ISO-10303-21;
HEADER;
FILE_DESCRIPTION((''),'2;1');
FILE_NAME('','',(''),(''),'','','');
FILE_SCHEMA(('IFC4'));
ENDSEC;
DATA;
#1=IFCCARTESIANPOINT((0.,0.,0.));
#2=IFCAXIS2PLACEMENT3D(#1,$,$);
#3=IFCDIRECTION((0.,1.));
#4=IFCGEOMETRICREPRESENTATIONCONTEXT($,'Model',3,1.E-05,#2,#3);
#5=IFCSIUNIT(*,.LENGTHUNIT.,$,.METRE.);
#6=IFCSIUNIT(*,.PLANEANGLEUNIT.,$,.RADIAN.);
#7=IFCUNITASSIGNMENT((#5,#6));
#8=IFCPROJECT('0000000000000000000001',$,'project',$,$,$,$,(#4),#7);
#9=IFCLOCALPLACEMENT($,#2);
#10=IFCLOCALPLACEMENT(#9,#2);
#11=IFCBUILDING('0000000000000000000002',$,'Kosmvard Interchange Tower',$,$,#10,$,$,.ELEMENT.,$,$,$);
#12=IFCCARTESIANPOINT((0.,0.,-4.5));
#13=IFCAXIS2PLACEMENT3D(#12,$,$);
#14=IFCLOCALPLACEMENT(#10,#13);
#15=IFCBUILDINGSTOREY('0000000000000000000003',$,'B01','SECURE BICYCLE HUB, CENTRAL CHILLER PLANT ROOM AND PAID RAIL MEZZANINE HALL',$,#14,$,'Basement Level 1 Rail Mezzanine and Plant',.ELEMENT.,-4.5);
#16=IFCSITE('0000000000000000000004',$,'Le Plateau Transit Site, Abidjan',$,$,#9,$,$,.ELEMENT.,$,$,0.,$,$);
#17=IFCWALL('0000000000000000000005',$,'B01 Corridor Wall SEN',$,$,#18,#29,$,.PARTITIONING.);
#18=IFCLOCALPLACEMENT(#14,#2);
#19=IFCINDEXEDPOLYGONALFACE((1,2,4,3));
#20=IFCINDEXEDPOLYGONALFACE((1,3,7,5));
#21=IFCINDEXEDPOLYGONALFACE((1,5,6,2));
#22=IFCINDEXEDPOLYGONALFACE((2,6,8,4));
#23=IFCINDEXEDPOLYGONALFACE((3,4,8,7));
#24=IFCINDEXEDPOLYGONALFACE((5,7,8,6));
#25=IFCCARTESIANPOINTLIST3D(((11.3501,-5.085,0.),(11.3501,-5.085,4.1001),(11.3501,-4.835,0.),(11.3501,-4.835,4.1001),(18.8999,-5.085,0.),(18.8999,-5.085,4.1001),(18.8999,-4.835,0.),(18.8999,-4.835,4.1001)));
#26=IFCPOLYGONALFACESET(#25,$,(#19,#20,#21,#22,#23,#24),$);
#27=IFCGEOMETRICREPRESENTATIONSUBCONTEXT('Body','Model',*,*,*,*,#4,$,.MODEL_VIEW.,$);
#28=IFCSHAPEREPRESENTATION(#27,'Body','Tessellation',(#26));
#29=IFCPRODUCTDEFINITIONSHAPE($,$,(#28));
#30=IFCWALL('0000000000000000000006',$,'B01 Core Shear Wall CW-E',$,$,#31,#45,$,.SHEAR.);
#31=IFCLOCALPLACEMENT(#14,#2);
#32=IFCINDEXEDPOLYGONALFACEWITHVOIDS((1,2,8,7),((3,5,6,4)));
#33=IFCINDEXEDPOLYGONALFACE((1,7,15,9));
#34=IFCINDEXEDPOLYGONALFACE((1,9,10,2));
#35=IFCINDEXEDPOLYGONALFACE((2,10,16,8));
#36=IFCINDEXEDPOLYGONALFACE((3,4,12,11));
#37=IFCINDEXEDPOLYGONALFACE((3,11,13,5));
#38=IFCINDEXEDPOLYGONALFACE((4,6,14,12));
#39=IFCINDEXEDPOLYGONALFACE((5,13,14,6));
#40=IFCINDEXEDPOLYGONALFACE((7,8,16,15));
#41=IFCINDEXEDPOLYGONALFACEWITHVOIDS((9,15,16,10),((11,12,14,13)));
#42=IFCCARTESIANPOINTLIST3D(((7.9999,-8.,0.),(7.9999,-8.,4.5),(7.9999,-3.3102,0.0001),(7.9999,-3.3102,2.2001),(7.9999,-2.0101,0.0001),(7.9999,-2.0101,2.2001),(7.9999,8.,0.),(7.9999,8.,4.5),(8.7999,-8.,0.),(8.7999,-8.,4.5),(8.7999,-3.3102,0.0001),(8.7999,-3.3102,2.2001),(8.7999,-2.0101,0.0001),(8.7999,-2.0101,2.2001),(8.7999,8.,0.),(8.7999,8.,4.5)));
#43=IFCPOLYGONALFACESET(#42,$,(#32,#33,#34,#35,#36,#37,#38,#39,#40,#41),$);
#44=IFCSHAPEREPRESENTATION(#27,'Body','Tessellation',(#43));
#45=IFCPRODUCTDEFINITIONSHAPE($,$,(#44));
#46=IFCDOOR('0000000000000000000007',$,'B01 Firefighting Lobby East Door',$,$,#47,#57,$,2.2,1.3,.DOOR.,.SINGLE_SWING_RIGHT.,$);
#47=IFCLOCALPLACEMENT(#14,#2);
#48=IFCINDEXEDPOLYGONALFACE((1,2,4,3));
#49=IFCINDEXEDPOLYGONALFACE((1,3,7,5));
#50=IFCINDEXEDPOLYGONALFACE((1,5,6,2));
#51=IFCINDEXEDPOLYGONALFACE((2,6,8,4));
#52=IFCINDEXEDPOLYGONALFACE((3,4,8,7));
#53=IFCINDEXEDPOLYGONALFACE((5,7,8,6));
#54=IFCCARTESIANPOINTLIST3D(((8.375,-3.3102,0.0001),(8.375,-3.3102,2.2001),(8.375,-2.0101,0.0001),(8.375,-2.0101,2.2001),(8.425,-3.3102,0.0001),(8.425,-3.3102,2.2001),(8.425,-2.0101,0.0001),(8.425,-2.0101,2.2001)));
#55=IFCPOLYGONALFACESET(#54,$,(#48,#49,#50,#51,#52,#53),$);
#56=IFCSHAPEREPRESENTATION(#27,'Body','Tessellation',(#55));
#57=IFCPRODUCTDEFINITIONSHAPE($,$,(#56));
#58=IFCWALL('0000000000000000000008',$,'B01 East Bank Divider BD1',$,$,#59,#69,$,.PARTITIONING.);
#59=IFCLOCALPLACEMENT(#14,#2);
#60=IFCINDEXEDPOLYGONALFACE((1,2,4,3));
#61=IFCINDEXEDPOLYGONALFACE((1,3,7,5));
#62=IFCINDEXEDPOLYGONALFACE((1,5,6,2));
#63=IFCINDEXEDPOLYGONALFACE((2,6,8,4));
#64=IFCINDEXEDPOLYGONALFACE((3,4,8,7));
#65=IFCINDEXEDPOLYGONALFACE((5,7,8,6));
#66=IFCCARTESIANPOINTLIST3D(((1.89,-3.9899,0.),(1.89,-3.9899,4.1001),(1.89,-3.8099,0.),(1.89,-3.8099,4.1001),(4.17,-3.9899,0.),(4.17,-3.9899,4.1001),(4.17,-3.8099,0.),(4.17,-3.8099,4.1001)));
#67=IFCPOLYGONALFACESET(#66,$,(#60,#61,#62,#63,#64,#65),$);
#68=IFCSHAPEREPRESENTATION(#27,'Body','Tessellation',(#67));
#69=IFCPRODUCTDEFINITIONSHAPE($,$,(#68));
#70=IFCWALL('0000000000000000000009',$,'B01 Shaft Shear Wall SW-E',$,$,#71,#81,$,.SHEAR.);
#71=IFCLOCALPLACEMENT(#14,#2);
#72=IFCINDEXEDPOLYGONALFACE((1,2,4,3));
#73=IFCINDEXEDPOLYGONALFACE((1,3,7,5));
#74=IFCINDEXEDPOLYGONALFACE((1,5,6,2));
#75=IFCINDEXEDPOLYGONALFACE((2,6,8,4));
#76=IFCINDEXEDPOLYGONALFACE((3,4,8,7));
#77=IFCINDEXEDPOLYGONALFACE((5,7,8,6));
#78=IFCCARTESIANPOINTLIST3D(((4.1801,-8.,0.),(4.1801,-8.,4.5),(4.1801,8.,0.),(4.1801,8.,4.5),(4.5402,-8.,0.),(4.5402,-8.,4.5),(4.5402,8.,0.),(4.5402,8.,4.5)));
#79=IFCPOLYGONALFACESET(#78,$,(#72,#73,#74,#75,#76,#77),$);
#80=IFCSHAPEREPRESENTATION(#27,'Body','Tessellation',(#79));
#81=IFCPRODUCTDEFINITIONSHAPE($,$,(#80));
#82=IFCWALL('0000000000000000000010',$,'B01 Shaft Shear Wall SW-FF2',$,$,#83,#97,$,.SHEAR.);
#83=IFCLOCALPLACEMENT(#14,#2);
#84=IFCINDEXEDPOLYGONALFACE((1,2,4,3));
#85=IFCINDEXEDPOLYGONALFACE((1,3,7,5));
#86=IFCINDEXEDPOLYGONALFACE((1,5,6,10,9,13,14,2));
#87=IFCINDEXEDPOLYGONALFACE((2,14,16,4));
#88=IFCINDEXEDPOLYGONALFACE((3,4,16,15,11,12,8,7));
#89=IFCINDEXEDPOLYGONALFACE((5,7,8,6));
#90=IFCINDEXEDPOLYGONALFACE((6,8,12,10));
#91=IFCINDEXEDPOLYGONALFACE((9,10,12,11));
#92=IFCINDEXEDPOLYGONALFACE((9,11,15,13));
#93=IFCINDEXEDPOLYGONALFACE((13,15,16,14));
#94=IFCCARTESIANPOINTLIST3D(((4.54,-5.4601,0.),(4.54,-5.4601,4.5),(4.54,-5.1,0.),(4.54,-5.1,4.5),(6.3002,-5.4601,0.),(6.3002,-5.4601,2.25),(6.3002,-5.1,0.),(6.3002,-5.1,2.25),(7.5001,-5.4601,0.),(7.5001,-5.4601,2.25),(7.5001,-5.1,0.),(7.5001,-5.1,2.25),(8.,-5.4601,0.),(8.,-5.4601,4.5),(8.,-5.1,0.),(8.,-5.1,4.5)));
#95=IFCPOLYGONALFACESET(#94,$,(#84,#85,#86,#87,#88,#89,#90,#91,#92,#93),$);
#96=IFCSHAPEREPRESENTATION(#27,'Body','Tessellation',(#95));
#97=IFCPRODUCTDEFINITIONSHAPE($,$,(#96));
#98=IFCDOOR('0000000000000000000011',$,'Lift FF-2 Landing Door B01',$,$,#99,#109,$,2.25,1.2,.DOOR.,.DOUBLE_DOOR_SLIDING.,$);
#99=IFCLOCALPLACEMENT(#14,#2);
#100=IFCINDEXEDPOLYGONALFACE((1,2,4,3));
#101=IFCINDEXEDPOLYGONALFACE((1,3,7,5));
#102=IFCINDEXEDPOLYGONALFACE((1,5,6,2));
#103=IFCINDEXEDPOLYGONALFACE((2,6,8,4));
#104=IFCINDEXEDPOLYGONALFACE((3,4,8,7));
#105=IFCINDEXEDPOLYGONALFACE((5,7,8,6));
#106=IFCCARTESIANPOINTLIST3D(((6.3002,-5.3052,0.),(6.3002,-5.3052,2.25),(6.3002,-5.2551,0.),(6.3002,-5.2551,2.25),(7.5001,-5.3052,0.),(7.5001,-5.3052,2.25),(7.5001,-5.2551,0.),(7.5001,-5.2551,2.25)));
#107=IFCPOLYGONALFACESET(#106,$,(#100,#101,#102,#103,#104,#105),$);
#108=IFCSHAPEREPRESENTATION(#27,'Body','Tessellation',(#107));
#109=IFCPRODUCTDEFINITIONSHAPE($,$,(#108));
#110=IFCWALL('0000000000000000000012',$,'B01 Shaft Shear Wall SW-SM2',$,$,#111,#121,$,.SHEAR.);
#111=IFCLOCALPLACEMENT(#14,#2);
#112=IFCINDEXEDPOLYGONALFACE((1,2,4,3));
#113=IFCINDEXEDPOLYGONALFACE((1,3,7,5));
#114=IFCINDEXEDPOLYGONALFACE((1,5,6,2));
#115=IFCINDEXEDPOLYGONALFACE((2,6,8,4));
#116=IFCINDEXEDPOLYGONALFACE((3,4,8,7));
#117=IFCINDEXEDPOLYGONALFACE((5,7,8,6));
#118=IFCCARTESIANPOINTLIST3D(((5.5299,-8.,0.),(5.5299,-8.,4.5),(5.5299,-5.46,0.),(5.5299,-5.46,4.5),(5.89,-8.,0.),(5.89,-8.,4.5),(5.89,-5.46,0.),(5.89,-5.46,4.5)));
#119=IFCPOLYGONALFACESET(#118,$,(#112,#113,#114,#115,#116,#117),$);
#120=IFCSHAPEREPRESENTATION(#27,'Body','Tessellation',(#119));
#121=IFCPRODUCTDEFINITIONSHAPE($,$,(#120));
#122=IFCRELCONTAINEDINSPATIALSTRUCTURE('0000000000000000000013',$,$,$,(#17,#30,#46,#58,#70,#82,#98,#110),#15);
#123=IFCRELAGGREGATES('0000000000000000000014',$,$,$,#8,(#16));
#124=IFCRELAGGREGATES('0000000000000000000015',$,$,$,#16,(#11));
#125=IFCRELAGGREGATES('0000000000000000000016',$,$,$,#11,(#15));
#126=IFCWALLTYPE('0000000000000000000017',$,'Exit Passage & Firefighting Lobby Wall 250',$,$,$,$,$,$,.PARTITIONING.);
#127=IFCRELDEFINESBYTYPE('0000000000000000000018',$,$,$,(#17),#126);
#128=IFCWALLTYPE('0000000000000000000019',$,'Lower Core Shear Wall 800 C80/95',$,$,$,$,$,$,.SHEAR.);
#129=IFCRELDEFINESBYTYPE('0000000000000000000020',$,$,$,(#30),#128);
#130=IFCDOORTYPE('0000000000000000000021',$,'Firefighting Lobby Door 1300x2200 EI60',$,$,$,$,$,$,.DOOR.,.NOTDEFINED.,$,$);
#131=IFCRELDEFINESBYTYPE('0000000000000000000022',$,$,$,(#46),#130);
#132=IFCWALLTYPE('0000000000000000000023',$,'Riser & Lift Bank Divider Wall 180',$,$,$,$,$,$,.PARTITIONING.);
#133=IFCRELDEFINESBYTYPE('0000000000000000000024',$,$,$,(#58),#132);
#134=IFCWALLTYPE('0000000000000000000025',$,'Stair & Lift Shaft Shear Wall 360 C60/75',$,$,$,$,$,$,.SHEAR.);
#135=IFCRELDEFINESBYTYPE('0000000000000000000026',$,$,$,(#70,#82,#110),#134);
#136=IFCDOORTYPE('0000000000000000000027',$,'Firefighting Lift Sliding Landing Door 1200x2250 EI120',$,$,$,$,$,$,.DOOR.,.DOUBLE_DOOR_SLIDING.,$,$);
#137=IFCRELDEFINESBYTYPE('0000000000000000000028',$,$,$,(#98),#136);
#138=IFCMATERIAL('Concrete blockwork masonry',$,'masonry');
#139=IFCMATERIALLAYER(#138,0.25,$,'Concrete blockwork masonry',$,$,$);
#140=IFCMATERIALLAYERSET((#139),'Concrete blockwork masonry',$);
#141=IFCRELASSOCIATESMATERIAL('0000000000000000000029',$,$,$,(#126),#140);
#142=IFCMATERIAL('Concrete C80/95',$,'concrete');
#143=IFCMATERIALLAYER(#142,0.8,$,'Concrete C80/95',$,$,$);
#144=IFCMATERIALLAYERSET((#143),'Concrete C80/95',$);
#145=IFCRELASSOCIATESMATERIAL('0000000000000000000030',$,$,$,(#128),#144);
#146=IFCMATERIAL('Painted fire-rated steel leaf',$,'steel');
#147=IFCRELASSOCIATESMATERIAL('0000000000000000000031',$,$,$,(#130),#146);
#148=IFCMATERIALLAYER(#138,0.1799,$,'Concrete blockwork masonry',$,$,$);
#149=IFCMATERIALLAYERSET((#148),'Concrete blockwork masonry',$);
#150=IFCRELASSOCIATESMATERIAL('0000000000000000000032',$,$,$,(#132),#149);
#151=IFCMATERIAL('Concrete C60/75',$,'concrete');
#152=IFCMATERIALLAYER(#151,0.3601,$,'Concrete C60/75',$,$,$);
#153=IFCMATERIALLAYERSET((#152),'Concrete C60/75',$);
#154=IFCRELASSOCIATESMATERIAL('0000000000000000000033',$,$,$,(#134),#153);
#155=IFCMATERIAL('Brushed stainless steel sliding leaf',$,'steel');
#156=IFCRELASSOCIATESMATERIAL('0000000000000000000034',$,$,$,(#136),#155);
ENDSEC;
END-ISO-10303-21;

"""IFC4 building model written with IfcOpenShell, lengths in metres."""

from ifc_helpers import new_model, si_unit, direction, frame, frame_2d, origin, place, context, subcontext, project, spatial, rectangle, extrude, source, transform, mapped, material, layer, layer_set, type_object, element, fill, save


model = new_model("IFC4")

# Units and contexts
model_context = context("Model", 3, precision=1e-05, world=origin(), true_north=direction((0.0, 1.0)))
body_context = subcontext(model_context, "Body", "Model", "MODEL_VIEW")
ifc_project = project(units=[si_unit("LENGTHUNIT", "METRE"), si_unit("PLANEANGLEUNIT", "RADIAN")], contexts=[model_context])

# Site, building, storey
site_placement = place(None, origin())
site = spatial("IfcSite", under=ifc_project, at=site_placement, Name="Le Plateau Transit Site, Abidjan", CompositionType="ELEMENT", RefElevation=0.0)
building_placement = place(site_placement, origin())
building = spatial("IfcBuilding", under=site, at=building_placement, Name="Kosmvard Interchange Tower", CompositionType="ELEMENT")
storey_placement = place(building_placement, frame((0.0, 0.0, -4.5)))
storey = spatial("IfcBuildingStorey", under=building, at=storey_placement, Name="B01", Description="SECURE BICYCLE HUB, CENTRAL CHILLER PLANT ROOM AND PAID RAIL MEZZANINE HALL", LongName="Basement Level 1 Rail Mezzanine and Plant", CompositionType="ELEMENT", Elevation=-4.5)

# Shared definitions
ifc_material_1 = material(Name="Concrete C60/75", Category="concrete")
ifc_material_2 = material(Name="Concrete C80/95", Category="concrete")

# Shared definitions
ifc_material_3 = material(Name="Concrete blockwork masonry", Category="masonry")
ifc_layer_1 = layer(ifc_material_3, 0.25, Name="Concrete blockwork masonry")
ifc_layer_set_1 = layer_set([ifc_layer_1], Name="Concrete blockwork masonry")
wall_type_1 = type_object("IfcWallType", Name="Exit Passage & Firefighting Lobby Wall 250", PredefinedType="PARTITIONING", material=ifc_layer_set_1)

# Shared definitions
ifc_material_4 = material(Name="Painted fire-rated steel leaf", Category="steel")

# Wall
wall_1_placement = place(storey_placement, frame((11.3501, -4.96, 0.0), z_axis=(0.0, 0.0, 1.0), x_axis=(1.0, 0.0, 0.0)))
element("IfcWall", 1, at=wall_1_placement, inside=storey, type_object=wall_type_1, Name="B01 Corridor Wall SEN", PredefinedType="PARTITIONING", context=body_context, shape_type="SweptSolid", body=[
    extrude(rectangle(XDim=7.5498, YDim=0.25, at=frame_2d((3.7749, 0.0))), origin(), (0.0, 0.0, 1.0), 4.1001),
])

# Wall, opening, door
ifc_layer_2 = layer(ifc_material_2, 0.8, Name="Concrete C80/95")
ifc_layer_set_2 = layer_set([ifc_layer_2], Name="Concrete C80/95")
wall_type_2 = type_object("IfcWallType", Name="Lower Core Shear Wall 800 C80/95", PredefinedType="SHEAR", material=ifc_layer_set_2)
wall_2_placement = place(storey_placement, frame((8.3999, -8.0, 0.0), z_axis=(0.0, 0.0, 1.0), x_axis=(0.0, 1.0, 0.0)))
wall_2 = element("IfcWall", 2, at=wall_2_placement, inside=storey, type_object=wall_type_2, Name="B01 Core Shear Wall CW-E", PredefinedType="SHEAR", context=body_context, shape_type="SweptSolid", body=[
    extrude(rectangle(XDim=16.0, YDim=0.8, at=frame_2d((8.0, 0.0))), origin(), (0.0, 0.0, 1.0), 4.5),
])
opening_1_placement = place(wall_2_placement, frame((4.6899, 0.0, 0.0)))
opening_1 = element("IfcOpeningElement", 3, at=opening_1_placement, cuts=wall_2, PredefinedType="OPENING", context=body_context, shape_type="SweptSolid", body=[
    extrude(rectangle(XDim=1.3, YDim=2.2, at=frame_2d((0.6499, 1.1001))), frame((0.0, 0.4102, 0.0), z_axis=(0.0, -1.0, 0.0), x_axis=(1.0, 0.0, 0.0)), (0.0, 0.0, 1.0), 0.8201),
])
door_type_1 = type_object("IfcDoorType", Name="Firefighting Lobby Door 1300x2200 EI60", OperationType="NOTDEFINED", PredefinedType="DOOR", material=ifc_material_4)
shared_shape_1 = source(origin(), body_context, "Body", "SweptSolid", [
    extrude(rectangle(XDim=1.3, YDim=2.2, at=frame_2d((0.6499, 1.1001))), frame((0.0, 0.0249, 0.0), z_axis=(0.0, -1.0, 0.0), x_axis=(1.0, 0.0, 0.0)), (0.0, 0.0, 1.0), 0.05),
])
door_1_placement = place(opening_1_placement, origin())
door_1 = element("IfcDoor", 4, at=door_1_placement, inside=storey, type_object=door_type_1, Name="B01 Firefighting Lobby East Door", OperationType="SINGLE_SWING_RIGHT", OverallHeight=2.2, OverallWidth=1.3, PredefinedType="DOOR", context=body_context, shape_type="MappedRepresentation", body=[
    mapped(shared_shape_1, transform((0.0, 0.0, 0.0), scale=1.0)),
])
fill(opening_1, door_1)

# Walls
ifc_layer_3 = layer(ifc_material_3, 0.1799, Name="Concrete blockwork masonry")
ifc_layer_set_3 = layer_set([ifc_layer_3], Name="Concrete blockwork masonry")
wall_type_3 = type_object("IfcWallType", Name="Riser & Lift Bank Divider Wall 180", PredefinedType="PARTITIONING", material=ifc_layer_set_3)
wall_3_placement = place(storey_placement, frame((1.8899, -3.8999, 0.0), z_axis=(0.0, 0.0, 1.0), x_axis=(1.0, 0.0, 0.0)))
element("IfcWall", 5, at=wall_3_placement, inside=storey, type_object=wall_type_3, Name="B01 East Bank Divider BD1", PredefinedType="PARTITIONING", context=body_context, shape_type="SweptSolid", body=[
    extrude(rectangle(XDim=2.28, YDim=0.1799, at=frame_2d((1.1401, 0.0))), origin(), (0.0, 0.0, 1.0), 4.1001),
])
ifc_layer_4 = layer(ifc_material_1, 0.3601, Name="Concrete C60/75")
ifc_layer_set_4 = layer_set([ifc_layer_4], Name="Concrete C60/75")
wall_type_4 = type_object("IfcWallType", Name="Stair & Lift Shaft Shear Wall 360 C60/75", PredefinedType="SHEAR", material=ifc_layer_set_4)
wall_4_placement = place(storey_placement, frame((4.3601, -8.0, 0.0), z_axis=(0.0, 0.0, 1.0), x_axis=(0.0, 1.0, 0.0)))
element("IfcWall", 6, at=wall_4_placement, inside=storey, type_object=wall_type_4, Name="B01 Shaft Shear Wall SW-E", PredefinedType="SHEAR", context=body_context, shape_type="SweptSolid", body=[
    extrude(rectangle(XDim=16.0, YDim=0.3601, at=frame_2d((8.0, 0.0))), origin(), (0.0, 0.0, 1.0), 4.5),
])

# Wall, opening, door
wall_5_placement = place(storey_placement, frame((4.54, -5.28, 0.0), z_axis=(0.0, 0.0, 1.0), x_axis=(1.0, 0.0, 0.0)))
wall_5 = element("IfcWall", 7, at=wall_5_placement, inside=storey, type_object=wall_type_4, Name="B01 Shaft Shear Wall SW-FF2", PredefinedType="SHEAR", context=body_context, shape_type="SweptSolid", body=[
    extrude(rectangle(XDim=3.46, YDim=0.3601, at=frame_2d((1.73, 0.0))), origin(), (0.0, 0.0, 1.0), 4.5),
])
opening_2_placement = place(wall_5_placement, frame((1.76, 0.0, 0.0)))
opening_2 = element("IfcOpeningElement", 8, at=opening_2_placement, cuts=wall_5, PredefinedType="OPENING", context=body_context, shape_type="SweptSolid", body=[
    extrude(rectangle(XDim=1.2, YDim=2.25, at=frame_2d((0.6001, 1.125))), frame((0.0, 0.1899, 0.0), z_axis=(0.0, -1.0, 0.0), x_axis=(1.0, 0.0, 0.0)), (0.0, 0.0, 1.0), 0.3801),
])
ifc_material_5 = material(Name="Brushed stainless steel sliding leaf", Category="steel")
door_type_2 = type_object("IfcDoorType", Name="Firefighting Lift Sliding Landing Door 1200x2250 EI120", OperationType="DOUBLE_DOOR_SLIDING", PredefinedType="DOOR", material=ifc_material_5)
shared_shape_2 = source(origin(), body_context, "Body", "SweptSolid", [
    extrude(rectangle(XDim=1.2, YDim=2.25, at=frame_2d((0.6001, 1.125))), frame((0.0, 0.0249, 0.0), z_axis=(0.0, -1.0, 0.0), x_axis=(1.0, 0.0, 0.0)), (0.0, 0.0, 1.0), 0.05),
])
door_2_placement = place(opening_2_placement, origin())
door_2 = element("IfcDoor", 9, at=door_2_placement, inside=storey, type_object=door_type_2, Name="Lift FF-2 Landing Door B01", OperationType="DOUBLE_DOOR_SLIDING", OverallHeight=2.25, OverallWidth=1.2, PredefinedType="DOOR", context=body_context, shape_type="MappedRepresentation", body=[
    mapped(shared_shape_2, transform((0.0, 0.0, 0.0), scale=1.0)),
])
fill(opening_2, door_2)

# Wall
wall_6_placement = place(storey_placement, frame((5.71, -8.0, 0.0), z_axis=(0.0, 0.0, 1.0), x_axis=(0.0, 1.0, 0.0)))
element("IfcWall", 10, at=wall_6_placement, inside=storey, type_object=wall_type_4, Name="B01 Shaft Shear Wall SW-SM2", PredefinedType="SHEAR", context=body_context, shape_type="SweptSolid", body=[
    extrude(rectangle(XDim=2.54, YDim=0.3601, at=frame_2d((1.27, 0.0))), origin(), (0.0, 0.0, 1.0), 4.5),
])

save(model, "model.ifc")
